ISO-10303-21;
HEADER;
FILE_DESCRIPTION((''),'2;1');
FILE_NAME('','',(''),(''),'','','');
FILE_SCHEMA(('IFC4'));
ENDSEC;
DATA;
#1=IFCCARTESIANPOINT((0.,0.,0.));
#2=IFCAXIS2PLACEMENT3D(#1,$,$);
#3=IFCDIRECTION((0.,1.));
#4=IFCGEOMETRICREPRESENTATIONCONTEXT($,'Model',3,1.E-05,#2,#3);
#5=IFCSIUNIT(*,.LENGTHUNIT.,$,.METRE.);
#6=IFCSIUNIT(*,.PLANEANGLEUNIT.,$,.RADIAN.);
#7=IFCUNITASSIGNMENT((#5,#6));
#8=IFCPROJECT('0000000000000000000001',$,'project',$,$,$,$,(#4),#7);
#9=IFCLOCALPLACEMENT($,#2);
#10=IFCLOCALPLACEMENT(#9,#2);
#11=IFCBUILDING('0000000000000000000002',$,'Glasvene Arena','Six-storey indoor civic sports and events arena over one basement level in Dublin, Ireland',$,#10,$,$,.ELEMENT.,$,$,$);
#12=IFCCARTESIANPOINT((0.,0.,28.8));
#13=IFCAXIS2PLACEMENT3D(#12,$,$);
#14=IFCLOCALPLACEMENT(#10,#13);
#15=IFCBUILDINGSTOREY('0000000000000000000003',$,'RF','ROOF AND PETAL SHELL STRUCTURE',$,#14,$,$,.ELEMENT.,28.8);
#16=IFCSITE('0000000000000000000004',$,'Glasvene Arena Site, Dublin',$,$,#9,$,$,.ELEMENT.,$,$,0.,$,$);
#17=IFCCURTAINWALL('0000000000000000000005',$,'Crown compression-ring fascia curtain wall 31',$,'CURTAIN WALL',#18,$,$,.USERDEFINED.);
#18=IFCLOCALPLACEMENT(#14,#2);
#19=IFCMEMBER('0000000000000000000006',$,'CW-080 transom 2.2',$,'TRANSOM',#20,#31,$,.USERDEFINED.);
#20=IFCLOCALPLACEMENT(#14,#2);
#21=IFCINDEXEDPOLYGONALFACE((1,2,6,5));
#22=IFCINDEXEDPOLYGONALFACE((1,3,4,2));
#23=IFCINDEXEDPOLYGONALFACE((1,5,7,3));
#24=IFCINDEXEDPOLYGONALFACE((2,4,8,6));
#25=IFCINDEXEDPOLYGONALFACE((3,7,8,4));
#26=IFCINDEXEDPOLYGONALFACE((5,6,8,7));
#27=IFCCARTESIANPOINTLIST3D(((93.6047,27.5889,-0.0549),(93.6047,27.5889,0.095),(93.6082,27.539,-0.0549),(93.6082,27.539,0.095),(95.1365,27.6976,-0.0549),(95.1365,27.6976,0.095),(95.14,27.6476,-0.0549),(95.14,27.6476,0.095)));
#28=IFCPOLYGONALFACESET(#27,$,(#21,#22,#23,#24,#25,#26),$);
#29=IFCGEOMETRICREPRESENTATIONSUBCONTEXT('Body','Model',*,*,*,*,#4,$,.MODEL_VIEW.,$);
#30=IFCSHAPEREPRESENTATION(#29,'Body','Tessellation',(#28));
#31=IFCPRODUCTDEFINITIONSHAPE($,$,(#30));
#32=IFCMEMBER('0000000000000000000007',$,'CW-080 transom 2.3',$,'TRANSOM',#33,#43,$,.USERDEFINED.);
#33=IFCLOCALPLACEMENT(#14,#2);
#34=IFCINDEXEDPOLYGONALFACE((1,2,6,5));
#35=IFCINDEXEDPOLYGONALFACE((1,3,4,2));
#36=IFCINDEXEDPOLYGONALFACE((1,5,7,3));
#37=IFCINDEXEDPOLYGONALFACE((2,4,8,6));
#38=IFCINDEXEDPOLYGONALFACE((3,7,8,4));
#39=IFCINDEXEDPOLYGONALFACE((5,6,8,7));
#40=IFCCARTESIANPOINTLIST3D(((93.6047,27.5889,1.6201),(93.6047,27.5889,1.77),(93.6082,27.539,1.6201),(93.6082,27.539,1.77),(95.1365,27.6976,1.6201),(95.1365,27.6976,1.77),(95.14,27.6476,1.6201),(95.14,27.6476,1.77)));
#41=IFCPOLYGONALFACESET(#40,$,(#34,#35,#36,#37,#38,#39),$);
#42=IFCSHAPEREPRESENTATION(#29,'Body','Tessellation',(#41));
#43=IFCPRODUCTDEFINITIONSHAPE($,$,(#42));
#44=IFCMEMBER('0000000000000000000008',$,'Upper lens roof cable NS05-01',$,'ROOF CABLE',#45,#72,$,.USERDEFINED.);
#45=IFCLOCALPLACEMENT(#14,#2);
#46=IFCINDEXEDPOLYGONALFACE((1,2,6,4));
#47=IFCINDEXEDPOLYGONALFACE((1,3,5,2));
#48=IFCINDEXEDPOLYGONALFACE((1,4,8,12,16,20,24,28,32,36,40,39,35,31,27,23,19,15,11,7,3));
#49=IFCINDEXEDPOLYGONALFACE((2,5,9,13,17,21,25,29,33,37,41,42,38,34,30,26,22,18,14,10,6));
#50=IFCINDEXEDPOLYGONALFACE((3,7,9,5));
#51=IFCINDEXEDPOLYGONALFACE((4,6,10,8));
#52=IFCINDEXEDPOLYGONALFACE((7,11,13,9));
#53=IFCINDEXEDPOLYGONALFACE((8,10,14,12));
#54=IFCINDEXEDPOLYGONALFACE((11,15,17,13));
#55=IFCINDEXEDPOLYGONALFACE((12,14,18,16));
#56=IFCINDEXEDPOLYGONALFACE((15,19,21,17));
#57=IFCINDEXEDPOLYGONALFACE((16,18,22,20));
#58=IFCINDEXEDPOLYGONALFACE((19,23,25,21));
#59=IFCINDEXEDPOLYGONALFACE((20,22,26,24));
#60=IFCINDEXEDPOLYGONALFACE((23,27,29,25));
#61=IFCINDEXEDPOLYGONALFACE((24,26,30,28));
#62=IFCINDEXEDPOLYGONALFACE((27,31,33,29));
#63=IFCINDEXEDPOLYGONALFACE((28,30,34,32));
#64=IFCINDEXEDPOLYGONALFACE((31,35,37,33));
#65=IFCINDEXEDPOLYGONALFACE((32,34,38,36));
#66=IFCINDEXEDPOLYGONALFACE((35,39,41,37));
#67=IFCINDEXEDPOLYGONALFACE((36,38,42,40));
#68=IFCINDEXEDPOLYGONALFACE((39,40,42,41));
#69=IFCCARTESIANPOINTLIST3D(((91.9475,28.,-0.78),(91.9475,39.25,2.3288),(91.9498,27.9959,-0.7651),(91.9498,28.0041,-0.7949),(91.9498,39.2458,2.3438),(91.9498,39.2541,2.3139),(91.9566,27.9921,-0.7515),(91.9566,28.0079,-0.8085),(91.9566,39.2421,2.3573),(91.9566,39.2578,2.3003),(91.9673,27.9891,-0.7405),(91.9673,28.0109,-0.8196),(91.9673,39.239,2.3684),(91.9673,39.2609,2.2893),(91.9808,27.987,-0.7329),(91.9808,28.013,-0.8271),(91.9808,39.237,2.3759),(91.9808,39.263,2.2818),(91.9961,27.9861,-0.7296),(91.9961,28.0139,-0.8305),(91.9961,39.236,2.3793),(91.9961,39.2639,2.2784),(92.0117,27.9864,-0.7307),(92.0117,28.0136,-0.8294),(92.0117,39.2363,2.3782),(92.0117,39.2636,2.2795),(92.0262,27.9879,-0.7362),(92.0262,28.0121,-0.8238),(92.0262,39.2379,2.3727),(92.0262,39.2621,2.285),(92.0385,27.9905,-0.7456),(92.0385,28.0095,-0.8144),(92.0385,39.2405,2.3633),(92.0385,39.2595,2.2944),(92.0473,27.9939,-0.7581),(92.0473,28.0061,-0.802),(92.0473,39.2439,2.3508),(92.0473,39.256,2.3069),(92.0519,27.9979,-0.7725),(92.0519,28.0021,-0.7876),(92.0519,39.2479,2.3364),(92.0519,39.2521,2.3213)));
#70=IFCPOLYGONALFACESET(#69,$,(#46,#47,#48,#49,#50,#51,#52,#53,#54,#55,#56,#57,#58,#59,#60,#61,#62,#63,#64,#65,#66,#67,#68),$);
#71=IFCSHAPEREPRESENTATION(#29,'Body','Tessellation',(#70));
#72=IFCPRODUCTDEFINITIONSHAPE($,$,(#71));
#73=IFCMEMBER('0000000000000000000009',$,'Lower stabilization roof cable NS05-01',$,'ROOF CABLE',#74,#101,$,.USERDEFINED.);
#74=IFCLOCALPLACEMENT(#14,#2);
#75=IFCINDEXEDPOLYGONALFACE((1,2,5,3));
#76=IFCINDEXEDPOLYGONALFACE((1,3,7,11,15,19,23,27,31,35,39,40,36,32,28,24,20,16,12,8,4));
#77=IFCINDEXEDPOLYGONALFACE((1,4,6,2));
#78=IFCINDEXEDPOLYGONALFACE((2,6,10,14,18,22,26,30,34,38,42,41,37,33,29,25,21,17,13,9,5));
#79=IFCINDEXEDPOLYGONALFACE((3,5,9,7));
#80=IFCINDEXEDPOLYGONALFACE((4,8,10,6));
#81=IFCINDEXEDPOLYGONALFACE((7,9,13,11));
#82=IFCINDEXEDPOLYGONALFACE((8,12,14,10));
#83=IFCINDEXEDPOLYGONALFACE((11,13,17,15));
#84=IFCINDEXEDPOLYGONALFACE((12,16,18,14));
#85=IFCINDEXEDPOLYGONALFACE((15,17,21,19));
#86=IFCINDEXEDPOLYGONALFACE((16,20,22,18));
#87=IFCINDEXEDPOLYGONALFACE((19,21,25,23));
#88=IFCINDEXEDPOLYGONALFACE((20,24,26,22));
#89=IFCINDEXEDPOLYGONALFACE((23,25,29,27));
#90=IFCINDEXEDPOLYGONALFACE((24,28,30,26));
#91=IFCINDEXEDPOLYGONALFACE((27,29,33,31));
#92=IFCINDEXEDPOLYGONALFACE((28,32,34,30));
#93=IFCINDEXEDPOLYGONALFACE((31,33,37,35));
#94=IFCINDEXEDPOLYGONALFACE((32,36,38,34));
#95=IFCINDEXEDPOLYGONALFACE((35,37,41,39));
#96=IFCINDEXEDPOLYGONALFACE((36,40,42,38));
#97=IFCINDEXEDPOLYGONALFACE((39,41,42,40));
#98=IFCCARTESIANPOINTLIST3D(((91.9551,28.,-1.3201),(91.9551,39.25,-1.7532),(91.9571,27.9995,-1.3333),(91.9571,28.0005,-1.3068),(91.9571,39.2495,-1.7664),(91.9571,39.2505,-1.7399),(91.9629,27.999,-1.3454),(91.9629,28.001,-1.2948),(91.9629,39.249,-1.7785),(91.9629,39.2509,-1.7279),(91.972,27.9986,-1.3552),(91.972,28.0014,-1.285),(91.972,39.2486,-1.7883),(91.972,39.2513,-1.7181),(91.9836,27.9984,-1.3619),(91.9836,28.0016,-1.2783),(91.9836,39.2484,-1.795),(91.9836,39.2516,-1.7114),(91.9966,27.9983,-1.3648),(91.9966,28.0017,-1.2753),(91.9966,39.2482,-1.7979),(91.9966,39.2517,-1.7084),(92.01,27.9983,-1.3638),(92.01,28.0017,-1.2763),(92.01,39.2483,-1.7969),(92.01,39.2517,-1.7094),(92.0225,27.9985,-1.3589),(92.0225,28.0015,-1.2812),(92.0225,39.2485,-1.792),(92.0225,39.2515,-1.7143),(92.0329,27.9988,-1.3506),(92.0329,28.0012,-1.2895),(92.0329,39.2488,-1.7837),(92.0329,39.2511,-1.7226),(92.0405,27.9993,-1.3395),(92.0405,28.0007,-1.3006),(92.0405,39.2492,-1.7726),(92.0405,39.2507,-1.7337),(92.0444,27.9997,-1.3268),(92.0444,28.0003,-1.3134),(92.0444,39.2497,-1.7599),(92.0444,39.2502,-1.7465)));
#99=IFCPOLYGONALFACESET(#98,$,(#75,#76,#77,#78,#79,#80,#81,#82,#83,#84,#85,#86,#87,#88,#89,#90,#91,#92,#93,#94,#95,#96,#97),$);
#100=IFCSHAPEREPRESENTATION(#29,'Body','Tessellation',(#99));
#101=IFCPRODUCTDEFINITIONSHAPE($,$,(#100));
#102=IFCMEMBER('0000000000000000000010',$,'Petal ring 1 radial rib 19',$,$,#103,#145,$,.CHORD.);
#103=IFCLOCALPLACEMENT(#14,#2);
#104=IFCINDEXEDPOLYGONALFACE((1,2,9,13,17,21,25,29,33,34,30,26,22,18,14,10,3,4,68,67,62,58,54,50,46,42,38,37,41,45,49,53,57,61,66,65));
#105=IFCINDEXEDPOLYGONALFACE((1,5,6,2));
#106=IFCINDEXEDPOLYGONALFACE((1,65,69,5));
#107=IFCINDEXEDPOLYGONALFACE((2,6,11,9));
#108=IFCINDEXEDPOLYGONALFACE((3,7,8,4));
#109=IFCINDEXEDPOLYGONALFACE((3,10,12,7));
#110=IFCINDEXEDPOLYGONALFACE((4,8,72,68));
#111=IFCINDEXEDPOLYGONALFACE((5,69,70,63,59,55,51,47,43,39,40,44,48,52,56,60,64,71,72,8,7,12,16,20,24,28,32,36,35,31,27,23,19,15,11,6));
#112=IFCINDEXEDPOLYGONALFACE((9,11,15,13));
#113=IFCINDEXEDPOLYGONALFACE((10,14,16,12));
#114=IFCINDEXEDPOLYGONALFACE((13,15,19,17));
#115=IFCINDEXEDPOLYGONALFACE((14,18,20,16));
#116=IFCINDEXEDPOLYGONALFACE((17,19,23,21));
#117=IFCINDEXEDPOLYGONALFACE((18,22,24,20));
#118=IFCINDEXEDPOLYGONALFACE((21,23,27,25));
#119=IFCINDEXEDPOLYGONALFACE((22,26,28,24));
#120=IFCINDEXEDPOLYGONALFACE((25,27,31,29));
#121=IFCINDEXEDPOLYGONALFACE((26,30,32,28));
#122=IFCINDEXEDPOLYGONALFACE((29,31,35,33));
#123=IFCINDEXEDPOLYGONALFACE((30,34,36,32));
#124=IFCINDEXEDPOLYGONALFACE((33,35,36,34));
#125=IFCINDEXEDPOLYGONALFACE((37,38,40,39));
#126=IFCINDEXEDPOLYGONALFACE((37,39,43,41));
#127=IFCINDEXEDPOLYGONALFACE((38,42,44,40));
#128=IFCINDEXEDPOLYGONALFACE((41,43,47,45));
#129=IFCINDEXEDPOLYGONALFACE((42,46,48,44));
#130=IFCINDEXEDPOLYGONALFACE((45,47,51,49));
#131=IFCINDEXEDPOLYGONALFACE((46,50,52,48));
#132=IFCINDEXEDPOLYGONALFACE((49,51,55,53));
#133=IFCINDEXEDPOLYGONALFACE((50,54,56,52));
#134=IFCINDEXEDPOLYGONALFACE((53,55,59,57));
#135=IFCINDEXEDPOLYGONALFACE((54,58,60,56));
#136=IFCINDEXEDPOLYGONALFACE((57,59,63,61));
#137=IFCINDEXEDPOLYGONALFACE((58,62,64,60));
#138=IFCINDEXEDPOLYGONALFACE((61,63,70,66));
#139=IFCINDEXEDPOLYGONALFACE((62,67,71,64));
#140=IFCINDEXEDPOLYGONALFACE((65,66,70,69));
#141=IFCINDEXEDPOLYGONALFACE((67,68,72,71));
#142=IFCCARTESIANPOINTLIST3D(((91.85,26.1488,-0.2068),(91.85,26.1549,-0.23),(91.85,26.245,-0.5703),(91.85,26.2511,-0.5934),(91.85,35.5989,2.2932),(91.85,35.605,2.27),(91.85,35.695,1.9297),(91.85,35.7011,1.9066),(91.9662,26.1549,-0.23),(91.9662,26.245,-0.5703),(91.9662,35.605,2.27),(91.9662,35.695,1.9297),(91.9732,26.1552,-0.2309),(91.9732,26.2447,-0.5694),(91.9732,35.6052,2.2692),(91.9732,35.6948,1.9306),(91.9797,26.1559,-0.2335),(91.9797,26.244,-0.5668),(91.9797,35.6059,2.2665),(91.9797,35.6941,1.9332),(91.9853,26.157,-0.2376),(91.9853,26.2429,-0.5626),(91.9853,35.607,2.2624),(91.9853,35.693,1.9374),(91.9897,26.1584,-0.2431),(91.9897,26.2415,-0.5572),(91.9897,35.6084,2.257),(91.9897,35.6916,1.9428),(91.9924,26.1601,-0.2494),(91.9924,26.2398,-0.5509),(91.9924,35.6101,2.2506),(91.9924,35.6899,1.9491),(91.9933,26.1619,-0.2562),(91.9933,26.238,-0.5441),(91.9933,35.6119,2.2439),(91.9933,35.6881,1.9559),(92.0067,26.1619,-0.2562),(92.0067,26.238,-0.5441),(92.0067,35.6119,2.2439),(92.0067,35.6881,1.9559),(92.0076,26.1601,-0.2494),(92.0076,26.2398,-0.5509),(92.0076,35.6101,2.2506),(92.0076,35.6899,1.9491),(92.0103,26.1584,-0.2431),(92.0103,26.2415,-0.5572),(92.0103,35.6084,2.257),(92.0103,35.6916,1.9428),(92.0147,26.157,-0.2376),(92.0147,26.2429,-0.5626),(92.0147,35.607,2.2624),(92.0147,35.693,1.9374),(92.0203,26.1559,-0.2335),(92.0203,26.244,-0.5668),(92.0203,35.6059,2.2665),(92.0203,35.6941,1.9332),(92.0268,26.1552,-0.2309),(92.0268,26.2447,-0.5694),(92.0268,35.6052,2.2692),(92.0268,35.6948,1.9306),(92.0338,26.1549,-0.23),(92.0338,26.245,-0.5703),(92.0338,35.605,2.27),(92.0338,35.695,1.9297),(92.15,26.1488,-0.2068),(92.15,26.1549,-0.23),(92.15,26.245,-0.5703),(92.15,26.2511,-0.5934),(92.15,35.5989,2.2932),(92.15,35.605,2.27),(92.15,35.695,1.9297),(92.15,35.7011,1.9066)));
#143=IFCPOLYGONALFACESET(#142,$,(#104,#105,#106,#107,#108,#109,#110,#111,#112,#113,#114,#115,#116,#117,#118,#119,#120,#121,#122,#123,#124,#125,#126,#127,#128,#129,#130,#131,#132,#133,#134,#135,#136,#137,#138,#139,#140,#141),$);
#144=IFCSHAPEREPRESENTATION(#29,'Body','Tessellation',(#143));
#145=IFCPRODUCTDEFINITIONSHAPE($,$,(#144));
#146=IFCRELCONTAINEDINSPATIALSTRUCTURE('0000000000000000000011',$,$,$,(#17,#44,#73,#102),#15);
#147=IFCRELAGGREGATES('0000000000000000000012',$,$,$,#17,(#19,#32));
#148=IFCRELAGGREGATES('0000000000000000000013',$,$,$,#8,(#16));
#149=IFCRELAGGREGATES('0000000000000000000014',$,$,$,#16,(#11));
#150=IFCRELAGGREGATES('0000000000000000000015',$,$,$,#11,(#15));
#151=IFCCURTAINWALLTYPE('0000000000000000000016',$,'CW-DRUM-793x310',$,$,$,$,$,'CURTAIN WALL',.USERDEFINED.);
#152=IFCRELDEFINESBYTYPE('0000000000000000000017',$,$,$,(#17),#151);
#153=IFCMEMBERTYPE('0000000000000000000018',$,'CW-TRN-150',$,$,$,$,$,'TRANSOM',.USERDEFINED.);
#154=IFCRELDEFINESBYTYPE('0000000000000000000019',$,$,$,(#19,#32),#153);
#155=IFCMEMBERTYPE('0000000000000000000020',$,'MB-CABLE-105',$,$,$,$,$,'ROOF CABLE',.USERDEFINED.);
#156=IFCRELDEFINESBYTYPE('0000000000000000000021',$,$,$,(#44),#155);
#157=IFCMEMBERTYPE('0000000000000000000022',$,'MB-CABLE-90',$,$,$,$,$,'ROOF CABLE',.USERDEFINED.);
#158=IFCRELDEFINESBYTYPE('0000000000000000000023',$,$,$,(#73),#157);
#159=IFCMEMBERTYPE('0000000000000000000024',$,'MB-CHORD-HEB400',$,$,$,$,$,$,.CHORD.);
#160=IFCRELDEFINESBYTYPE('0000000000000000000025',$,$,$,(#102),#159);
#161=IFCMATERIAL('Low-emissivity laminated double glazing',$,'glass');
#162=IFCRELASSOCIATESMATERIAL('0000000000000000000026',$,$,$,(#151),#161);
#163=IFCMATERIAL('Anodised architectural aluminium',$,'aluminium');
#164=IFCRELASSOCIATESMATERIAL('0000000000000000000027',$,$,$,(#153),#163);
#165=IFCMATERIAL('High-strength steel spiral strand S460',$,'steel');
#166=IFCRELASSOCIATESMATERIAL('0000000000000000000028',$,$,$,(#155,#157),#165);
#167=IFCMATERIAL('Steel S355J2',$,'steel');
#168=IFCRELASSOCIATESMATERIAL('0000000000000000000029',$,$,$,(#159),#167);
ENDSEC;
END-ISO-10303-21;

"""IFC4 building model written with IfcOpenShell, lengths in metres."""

from ifc_helpers import new_model, si_unit, direction, frame, origin, origin_2d, place, context, subcontext, project, spatial, rectangle, circle, i_section, extrude, material, material_profile, profile_set, type_object, element, aggregate, save


model = new_model("IFC4")

# Units and contexts
model_context = context("Model", 3, precision=1e-05, world=origin(), true_north=direction((0.0, 1.0)))
body_context = subcontext(model_context, "Body", "Model", "MODEL_VIEW")
ifc_project = project(units=[si_unit("LENGTHUNIT", "METRE"), si_unit("PLANEANGLEUNIT", "RADIAN")], contexts=[model_context])

# Site, building, storey
site_placement = place(None, origin())
site = spatial("IfcSite", under=ifc_project, at=site_placement, Name="Glasvene Arena Site, Dublin", CompositionType="ELEMENT", RefElevation=0.0)
building_placement = place(site_placement, origin())
building = spatial("IfcBuilding", under=site, at=building_placement, Name="Glasvene Arena", Description="Six-storey indoor civic sports and events arena over one basement level in Dublin, Ireland", CompositionType="ELEMENT")
storey_placement = place(building_placement, frame((0.0, 0.0, 28.8)))
storey = spatial("IfcBuildingStorey", under=building, at=storey_placement, Name="RF", Description="ROOF AND PETAL SHELL STRUCTURE", CompositionType="ELEMENT", Elevation=28.8)

# Shared definitions
ifc_material_1 = material(Name="Steel S355J2", Category="steel")

# Shared definitions
ifc_material_2 = material(Name="Low-emissivity laminated double glazing", Category="glass")
ifc_material_3 = material(Name="Anodised architectural aluminium", Category="aluminium")
curtain_wall_type_1 = type_object("IfcCurtainWallType", Name="CW-DRUM-793x310", ElementType="CURTAIN WALL", PredefinedType="USERDEFINED", material=ifc_material_2)

# Curtain wall
curtain_wall_1_placement = place(storey_placement, frame((92.0, 27.45, 0.0)))
curtain_wall_1 = element("IfcCurtainWall", 1, at=curtain_wall_1_placement, inside=storey, type_object=curtain_wall_type_1, Name="Crown compression-ring fascia curtain wall 31", ObjectType="CURTAIN WALL", PredefinedType="USERDEFINED")

# Members
ifc_material_profile_1 = material_profile(ifc_material_3, rectangle(XDim=0.05, YDim=0.1499, at=origin_2d()), Name="ALU TRANSOM 50x150")
ifc_profile_set_1 = profile_set([ifc_material_profile_1], Name="Anodised architectural aluminium")
member_type_1 = type_object("IfcMemberType", Name="CW-TRN-150", ElementType="TRANSOM", PredefinedType="USERDEFINED", material=ifc_profile_set_1)
member_1_placement = place(storey_placement, frame((93.6064, 27.564, 0.02), z_axis=(0.997494, 0.07075, 0.0), x_axis=(-0.07075, 0.997494, 0.0)))
member_1 = element("IfcMember", 2, at=member_1_placement, type_object=member_type_1, Name="CW-080 transom 2.2", ObjectType="TRANSOM", PredefinedType="USERDEFINED", context=body_context, shape_type="SweptSolid", body=[
    extrude(rectangle(XDim=0.05, YDim=0.1499, at=origin_2d()), origin(), (0.0, 0.0, 1.0), 1.5356),
])
member_2_placement = place(storey_placement, frame((93.6064, 27.564, 1.6951), z_axis=(0.997494, 0.07075, 0.0), x_axis=(-0.07075, 0.997494, 0.0)))
member_2 = element("IfcMember", 3, at=member_2_placement, type_object=member_type_1, Name="CW-080 transom 2.3", ObjectType="TRANSOM", PredefinedType="USERDEFINED", context=body_context, shape_type="SweptSolid", body=[
    extrude(rectangle(XDim=0.05, YDim=0.1499, at=origin_2d()), origin(), (0.0, 0.0, 1.0), 1.5356),
])

# Members
ifc_material_4 = material(Name="High-strength steel spiral strand S460", Category="steel")
ifc_material_profile_2 = material_profile(ifc_material_4, circle(Radius=0.0525, at=origin_2d()), Name="LCSS D105")
ifc_profile_set_2 = profile_set([ifc_material_profile_2], Name="High-strength steel spiral strand S460")
member_type_2 = type_object("IfcMemberType", Name="MB-CABLE-105", ElementType="ROOF CABLE", PredefinedType="USERDEFINED", material=ifc_profile_set_2)
member_3_placement = place(storey_placement, frame((92.0, 28.0, -0.78), z_axis=(0.0, 0.963873, 0.266362), x_axis=(-1.0, 0.0, 0.0)))
element("IfcMember", 4, at=member_3_placement, inside=storey, type_object=member_type_2, Name="Upper lens roof cable NS05-01", ObjectType="ROOF CABLE", PredefinedType="USERDEFINED", context=body_context, shape_type="SweptSolid", body=[
    extrude(circle(Radius=0.0525, at=origin_2d()), origin(), (0.0, 0.0, 1.0), 11.6716),
])
ifc_material_profile_3 = material_profile(ifc_material_4, circle(Radius=0.0449, at=origin_2d()), Name="LCSS D90")
ifc_profile_set_3 = profile_set([ifc_material_profile_3], Name="High-strength steel spiral strand S460")
member_type_3 = type_object("IfcMemberType", Name="MB-CABLE-90", ElementType="ROOF CABLE", PredefinedType="USERDEFINED", material=ifc_profile_set_3)
member_4_placement = place(storey_placement, frame((92.0, 28.0, -1.3201), z_axis=(0.0, 0.99926, -0.03847), x_axis=(-1.0, 0.0, 0.0)))
element("IfcMember", 5, at=member_4_placement, inside=storey, type_object=member_type_3, Name="Lower stabilization roof cable NS05-01", ObjectType="ROOF CABLE", PredefinedType="USERDEFINED", context=body_context, shape_type="SweptSolid", body=[
    extrude(circle(Radius=0.0449, at=origin_2d()), origin(), (0.0, 0.0, 1.0), 11.2583),
])
ifc_material_profile_4 = material_profile(ifc_material_1, i_section(OverallWidth=0.3, OverallDepth=0.3999, WebThickness=0.0134, FlangeThickness=0.0239, FilletRadius=0.0271, at=origin_2d()), Name="HEB 400")
ifc_profile_set_4 = profile_set([ifc_material_profile_4], Name="Steel S355J2")
member_type_4 = type_object("IfcMemberType", Name="MB-CHORD-HEB400", PredefinedType="CHORD", material=ifc_profile_set_4)
member_5_placement = place(storey_placement, frame((92.0, 26.2, -0.4001), z_axis=(0.0, 0.966742, 0.255753), x_axis=(-1.0, 0.0, 0.0)))
element("IfcMember", 6, at=member_5_placement, inside=storey, type_object=member_type_4, Name="Petal ring 1 radial rib 19", PredefinedType="CHORD", context=body_context, shape_type="SweptSolid", body=[
    extrude(i_section(OverallWidth=0.3, OverallDepth=0.3999, WebThickness=0.0134, FlangeThickness=0.0239, FilletRadius=0.0271, at=origin_2d()), origin(), (0.0, 0.0, 1.0), 9.7751),
])

aggregate(curtain_wall_1, [member_1, member_2])

save(model, "model.ifc")
